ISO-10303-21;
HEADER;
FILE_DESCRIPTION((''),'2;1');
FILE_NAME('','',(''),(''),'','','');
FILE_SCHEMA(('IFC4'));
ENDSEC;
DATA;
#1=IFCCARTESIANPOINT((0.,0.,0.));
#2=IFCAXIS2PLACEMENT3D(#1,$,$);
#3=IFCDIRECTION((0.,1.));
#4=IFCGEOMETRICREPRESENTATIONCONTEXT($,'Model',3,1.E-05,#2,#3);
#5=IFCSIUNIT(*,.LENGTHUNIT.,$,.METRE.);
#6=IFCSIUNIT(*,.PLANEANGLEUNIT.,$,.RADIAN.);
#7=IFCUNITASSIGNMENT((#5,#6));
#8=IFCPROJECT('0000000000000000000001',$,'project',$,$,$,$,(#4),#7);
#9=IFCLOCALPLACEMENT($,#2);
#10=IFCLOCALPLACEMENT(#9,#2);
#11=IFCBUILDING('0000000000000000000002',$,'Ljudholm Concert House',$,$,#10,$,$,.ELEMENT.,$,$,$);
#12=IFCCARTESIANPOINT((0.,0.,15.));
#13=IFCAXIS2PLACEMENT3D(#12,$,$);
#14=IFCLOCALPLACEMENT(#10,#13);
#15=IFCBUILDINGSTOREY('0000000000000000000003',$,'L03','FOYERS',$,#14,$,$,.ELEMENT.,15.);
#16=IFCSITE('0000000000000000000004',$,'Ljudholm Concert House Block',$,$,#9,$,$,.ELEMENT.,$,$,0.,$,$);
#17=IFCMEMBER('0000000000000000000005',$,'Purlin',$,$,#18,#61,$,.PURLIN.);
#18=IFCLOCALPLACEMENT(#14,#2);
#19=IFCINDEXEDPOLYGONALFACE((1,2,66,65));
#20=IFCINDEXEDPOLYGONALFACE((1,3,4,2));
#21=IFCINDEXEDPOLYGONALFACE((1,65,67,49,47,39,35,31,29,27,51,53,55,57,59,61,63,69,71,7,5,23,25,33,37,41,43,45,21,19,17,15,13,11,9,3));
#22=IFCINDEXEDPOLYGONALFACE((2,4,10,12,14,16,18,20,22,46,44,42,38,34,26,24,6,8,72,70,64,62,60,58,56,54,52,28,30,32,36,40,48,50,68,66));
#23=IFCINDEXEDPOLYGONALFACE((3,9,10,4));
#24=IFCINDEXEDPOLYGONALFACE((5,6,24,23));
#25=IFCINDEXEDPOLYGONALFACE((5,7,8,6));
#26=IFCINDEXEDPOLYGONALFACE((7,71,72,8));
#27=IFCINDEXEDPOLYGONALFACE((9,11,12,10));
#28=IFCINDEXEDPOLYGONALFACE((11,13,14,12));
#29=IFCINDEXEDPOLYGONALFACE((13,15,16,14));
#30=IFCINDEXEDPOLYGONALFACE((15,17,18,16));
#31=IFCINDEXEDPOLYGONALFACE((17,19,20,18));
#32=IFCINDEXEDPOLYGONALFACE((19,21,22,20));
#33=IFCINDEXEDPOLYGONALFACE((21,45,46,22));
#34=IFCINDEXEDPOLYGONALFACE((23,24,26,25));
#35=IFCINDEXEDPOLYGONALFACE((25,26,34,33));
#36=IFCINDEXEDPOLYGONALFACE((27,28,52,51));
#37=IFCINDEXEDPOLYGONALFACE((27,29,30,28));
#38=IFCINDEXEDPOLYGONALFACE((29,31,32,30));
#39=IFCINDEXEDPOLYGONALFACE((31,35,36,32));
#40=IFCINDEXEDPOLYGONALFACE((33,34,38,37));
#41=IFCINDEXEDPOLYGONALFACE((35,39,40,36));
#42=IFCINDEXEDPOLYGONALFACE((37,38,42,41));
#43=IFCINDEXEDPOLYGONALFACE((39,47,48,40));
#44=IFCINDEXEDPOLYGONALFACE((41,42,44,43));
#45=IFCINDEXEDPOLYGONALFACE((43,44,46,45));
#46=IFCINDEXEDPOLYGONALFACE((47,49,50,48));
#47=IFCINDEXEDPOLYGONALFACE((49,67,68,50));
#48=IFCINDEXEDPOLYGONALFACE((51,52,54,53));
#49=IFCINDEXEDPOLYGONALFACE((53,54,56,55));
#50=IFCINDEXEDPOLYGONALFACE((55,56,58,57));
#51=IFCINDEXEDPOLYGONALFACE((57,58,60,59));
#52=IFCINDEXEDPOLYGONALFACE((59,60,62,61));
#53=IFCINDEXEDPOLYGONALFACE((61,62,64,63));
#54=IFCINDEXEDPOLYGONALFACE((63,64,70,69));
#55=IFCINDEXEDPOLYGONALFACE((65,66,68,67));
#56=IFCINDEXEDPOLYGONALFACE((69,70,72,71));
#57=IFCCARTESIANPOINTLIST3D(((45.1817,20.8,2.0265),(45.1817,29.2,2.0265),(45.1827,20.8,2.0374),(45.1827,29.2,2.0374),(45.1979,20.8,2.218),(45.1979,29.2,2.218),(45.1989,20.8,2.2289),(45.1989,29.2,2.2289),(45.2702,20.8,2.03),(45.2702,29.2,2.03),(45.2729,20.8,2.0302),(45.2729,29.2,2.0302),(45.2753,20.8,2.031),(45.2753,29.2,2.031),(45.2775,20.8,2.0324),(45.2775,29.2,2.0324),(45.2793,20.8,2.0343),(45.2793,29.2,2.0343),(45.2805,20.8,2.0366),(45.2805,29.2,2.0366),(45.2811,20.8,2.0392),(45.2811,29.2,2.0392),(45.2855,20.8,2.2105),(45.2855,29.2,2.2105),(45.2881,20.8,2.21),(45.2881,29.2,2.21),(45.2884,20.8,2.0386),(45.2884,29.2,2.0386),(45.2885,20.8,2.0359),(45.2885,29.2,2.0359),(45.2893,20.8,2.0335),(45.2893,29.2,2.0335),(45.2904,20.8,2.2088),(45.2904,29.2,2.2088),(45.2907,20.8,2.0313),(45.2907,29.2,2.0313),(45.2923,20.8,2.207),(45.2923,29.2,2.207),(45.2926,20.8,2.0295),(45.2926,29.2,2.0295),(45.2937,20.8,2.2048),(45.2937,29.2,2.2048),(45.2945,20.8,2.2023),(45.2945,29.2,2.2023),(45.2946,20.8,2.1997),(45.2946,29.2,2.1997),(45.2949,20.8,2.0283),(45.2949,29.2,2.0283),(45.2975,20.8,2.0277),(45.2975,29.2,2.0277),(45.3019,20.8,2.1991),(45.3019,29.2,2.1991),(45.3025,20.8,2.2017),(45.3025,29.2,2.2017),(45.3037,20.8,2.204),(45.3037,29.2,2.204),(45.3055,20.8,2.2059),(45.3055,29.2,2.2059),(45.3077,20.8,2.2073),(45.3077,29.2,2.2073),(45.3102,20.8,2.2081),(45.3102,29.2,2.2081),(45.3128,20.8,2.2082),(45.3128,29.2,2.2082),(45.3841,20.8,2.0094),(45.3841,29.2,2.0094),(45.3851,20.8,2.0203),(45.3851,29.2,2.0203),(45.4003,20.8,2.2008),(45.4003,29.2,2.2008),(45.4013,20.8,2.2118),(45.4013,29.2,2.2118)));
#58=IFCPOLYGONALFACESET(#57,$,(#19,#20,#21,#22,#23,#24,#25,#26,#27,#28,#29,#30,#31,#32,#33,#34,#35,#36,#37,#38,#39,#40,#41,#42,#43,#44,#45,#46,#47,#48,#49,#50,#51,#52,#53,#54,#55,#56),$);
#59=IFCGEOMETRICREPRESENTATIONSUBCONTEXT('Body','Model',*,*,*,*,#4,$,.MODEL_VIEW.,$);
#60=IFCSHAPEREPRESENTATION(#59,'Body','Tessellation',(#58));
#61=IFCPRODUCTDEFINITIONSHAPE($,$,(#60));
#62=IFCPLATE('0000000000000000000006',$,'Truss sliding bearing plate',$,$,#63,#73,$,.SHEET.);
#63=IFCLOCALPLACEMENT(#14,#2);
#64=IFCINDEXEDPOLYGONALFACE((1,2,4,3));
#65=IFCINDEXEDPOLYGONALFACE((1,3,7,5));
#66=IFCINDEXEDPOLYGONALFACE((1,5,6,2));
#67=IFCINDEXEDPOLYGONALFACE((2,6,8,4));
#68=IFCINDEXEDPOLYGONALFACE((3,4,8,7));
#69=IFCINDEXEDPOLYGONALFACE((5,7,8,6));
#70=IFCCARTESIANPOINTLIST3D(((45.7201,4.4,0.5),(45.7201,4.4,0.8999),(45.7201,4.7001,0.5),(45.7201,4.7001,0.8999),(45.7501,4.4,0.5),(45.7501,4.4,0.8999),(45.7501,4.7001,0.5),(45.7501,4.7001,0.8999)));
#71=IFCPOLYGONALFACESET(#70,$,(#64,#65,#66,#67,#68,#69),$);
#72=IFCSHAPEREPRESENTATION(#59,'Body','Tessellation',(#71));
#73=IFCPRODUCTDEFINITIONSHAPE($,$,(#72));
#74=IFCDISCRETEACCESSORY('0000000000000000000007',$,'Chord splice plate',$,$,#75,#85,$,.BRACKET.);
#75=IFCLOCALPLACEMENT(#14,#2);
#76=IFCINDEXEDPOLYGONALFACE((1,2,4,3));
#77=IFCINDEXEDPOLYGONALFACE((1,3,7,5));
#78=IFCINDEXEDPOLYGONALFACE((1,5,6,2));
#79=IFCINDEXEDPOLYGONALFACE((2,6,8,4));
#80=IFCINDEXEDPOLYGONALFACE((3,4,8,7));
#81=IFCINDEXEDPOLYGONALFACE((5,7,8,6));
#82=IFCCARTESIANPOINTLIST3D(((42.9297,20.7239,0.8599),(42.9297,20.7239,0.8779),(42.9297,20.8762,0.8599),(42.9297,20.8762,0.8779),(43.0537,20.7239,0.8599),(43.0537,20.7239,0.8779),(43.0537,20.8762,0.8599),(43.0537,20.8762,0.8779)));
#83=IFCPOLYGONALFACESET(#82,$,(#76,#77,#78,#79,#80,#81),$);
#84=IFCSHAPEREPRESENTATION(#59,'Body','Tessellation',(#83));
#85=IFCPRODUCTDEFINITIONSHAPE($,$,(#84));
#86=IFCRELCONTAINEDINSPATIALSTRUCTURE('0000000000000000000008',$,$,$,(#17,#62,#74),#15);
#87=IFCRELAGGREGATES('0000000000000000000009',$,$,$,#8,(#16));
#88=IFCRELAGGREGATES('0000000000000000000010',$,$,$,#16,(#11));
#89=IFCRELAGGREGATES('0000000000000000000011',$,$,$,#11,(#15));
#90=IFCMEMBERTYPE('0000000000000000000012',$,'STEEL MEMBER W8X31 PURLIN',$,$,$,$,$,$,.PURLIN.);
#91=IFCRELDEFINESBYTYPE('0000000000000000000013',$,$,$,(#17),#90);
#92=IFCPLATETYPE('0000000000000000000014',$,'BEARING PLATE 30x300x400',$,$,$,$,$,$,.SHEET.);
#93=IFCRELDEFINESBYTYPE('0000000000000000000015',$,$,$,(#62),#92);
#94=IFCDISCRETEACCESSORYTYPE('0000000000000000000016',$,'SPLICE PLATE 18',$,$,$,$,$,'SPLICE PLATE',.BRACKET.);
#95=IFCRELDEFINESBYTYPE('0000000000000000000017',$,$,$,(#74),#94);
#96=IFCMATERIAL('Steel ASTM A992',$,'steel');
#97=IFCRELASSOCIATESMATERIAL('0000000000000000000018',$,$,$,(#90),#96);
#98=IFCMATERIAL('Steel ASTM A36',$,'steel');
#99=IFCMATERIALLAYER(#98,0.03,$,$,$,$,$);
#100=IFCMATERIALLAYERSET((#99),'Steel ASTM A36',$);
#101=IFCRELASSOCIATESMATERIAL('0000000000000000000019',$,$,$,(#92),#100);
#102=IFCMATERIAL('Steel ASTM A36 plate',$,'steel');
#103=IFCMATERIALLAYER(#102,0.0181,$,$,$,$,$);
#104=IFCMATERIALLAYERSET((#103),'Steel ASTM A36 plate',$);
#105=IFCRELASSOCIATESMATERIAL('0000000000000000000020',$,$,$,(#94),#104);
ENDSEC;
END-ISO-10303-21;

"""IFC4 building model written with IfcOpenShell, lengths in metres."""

from ifc_helpers import new_model, si_unit, direction, frame, origin, origin_2d, place, context, subcontext, project, spatial, rectangle, i_section, extrude, material, layer, layer_set, material_profile, profile_set, type_object, element, save


model = new_model("IFC4")

# Units and contexts
model_context = context("Model", 3, precision=1e-05, world=origin(), true_north=direction((0.0, 1.0)))
body_context = subcontext(model_context, "Body", "Model", "MODEL_VIEW")
ifc_project = project(units=[si_unit("LENGTHUNIT", "METRE"), si_unit("PLANEANGLEUNIT", "RADIAN")], contexts=[model_context])

# Site, building, storey
site_placement = place(None, origin())
site = spatial("IfcSite", under=ifc_project, at=site_placement, Name="Ljudholm Concert House Block", CompositionType="ELEMENT", RefElevation=0.0)
building_placement = place(site_placement, origin())
building = spatial("IfcBuilding", under=site, at=building_placement, Name="Ljudholm Concert House", CompositionType="ELEMENT")
storey_placement = place(building_placement, frame((0.0, 0.0, 15.0)))
storey = spatial("IfcBuildingStorey", under=building, at=storey_placement, Name="L03", Description="FOYERS", CompositionType="ELEMENT", Elevation=15.0)

# Member
ifc_material_1 = material(Name="Steel ASTM A992", Category="steel")
ifc_material_profile_1 = material_profile(ifc_material_1, i_section(OverallWidth=0.2031, OverallDepth=0.2031, WebThickness=0.0073, FlangeThickness=0.011, FilletRadius=0.01, at=origin_2d()), Name="W8X31")
ifc_profile_set_1 = profile_set([ifc_material_profile_1], Name="Steel ASTM A992")
member_type_1 = type_object("IfcMemberType", Name="STEEL MEMBER W8X31 PURLIN", PredefinedType="PURLIN", material=ifc_profile_set_1)
member_1_placement = place(storey_placement, frame((45.2915, 20.8, 2.1191), z_axis=(0.0, 1.0, 0.0), x_axis=(-0.996441, 0.0, 0.084291)))
element("IfcMember", 1, at=member_1_placement, inside=storey, type_object=member_type_1, Name="Purlin", PredefinedType="PURLIN", context=body_context, shape_type="SweptSolid", body=[
    extrude(i_section(OverallWidth=0.2031, OverallDepth=0.2031, WebThickness=0.0073, FlangeThickness=0.011, FilletRadius=0.01, at=origin_2d()), origin(), (0.0, 0.0, 1.0), 8.3999),
])

# Plate
ifc_material_2 = material(Name="Steel ASTM A36", Category="steel")
ifc_layer_1 = layer(ifc_material_2, 0.03)
ifc_layer_set_1 = layer_set([ifc_layer_1], Name="Steel ASTM A36")
plate_type = type_object("IfcPlateType", Name="BEARING PLATE 30x300x400", PredefinedType="SHEET", material=ifc_layer_set_1)
plate_placement = place(storey_placement, frame((45.7351, 4.55, 0.5), z_axis=(0.0, 0.0, 1.0), x_axis=(1.0, 0.0, 0.0)))
element("IfcPlate", 2, at=plate_placement, inside=storey, type_object=plate_type, Name="Truss sliding bearing plate", PredefinedType="SHEET", context=body_context, shape_type="SweptSolid", body=[
    extrude(rectangle(XDim=0.03, YDim=0.3, at=origin_2d()), origin(), (0.0, 0.0, 1.0), 0.3999),
])

# Discrete accessory
ifc_material_3 = material(Name="Steel ASTM A36 plate", Category="steel")
ifc_layer_2 = layer(ifc_material_3, 0.0181)
ifc_layer_set_2 = layer_set([ifc_layer_2], Name="Steel ASTM A36 plate")
discrete_accessory_type_1 = type_object("IfcDiscreteAccessoryType", Name="SPLICE PLATE 18", ElementType="SPLICE PLATE", PredefinedType="BRACKET", material=ifc_layer_set_2)
discrete_accessory_1_placement = place(storey_placement, frame((42.9917, 20.8, 0.8599), z_axis=(0.0, 0.0, 1.0), x_axis=(1.0, 0.0, 0.0)))
element("IfcDiscreteAccessory", 3, at=discrete_accessory_1_placement, inside=storey, type_object=discrete_accessory_type_1, Name="Chord splice plate", PredefinedType="BRACKET", context=body_context, shape_type="SweptSolid", body=[
    extrude(rectangle(XDim=0.124, YDim=0.1523, at=origin_2d()), origin(), (0.0, 0.0, 1.0), 0.0181),
])

save(model, "model.ifc")
